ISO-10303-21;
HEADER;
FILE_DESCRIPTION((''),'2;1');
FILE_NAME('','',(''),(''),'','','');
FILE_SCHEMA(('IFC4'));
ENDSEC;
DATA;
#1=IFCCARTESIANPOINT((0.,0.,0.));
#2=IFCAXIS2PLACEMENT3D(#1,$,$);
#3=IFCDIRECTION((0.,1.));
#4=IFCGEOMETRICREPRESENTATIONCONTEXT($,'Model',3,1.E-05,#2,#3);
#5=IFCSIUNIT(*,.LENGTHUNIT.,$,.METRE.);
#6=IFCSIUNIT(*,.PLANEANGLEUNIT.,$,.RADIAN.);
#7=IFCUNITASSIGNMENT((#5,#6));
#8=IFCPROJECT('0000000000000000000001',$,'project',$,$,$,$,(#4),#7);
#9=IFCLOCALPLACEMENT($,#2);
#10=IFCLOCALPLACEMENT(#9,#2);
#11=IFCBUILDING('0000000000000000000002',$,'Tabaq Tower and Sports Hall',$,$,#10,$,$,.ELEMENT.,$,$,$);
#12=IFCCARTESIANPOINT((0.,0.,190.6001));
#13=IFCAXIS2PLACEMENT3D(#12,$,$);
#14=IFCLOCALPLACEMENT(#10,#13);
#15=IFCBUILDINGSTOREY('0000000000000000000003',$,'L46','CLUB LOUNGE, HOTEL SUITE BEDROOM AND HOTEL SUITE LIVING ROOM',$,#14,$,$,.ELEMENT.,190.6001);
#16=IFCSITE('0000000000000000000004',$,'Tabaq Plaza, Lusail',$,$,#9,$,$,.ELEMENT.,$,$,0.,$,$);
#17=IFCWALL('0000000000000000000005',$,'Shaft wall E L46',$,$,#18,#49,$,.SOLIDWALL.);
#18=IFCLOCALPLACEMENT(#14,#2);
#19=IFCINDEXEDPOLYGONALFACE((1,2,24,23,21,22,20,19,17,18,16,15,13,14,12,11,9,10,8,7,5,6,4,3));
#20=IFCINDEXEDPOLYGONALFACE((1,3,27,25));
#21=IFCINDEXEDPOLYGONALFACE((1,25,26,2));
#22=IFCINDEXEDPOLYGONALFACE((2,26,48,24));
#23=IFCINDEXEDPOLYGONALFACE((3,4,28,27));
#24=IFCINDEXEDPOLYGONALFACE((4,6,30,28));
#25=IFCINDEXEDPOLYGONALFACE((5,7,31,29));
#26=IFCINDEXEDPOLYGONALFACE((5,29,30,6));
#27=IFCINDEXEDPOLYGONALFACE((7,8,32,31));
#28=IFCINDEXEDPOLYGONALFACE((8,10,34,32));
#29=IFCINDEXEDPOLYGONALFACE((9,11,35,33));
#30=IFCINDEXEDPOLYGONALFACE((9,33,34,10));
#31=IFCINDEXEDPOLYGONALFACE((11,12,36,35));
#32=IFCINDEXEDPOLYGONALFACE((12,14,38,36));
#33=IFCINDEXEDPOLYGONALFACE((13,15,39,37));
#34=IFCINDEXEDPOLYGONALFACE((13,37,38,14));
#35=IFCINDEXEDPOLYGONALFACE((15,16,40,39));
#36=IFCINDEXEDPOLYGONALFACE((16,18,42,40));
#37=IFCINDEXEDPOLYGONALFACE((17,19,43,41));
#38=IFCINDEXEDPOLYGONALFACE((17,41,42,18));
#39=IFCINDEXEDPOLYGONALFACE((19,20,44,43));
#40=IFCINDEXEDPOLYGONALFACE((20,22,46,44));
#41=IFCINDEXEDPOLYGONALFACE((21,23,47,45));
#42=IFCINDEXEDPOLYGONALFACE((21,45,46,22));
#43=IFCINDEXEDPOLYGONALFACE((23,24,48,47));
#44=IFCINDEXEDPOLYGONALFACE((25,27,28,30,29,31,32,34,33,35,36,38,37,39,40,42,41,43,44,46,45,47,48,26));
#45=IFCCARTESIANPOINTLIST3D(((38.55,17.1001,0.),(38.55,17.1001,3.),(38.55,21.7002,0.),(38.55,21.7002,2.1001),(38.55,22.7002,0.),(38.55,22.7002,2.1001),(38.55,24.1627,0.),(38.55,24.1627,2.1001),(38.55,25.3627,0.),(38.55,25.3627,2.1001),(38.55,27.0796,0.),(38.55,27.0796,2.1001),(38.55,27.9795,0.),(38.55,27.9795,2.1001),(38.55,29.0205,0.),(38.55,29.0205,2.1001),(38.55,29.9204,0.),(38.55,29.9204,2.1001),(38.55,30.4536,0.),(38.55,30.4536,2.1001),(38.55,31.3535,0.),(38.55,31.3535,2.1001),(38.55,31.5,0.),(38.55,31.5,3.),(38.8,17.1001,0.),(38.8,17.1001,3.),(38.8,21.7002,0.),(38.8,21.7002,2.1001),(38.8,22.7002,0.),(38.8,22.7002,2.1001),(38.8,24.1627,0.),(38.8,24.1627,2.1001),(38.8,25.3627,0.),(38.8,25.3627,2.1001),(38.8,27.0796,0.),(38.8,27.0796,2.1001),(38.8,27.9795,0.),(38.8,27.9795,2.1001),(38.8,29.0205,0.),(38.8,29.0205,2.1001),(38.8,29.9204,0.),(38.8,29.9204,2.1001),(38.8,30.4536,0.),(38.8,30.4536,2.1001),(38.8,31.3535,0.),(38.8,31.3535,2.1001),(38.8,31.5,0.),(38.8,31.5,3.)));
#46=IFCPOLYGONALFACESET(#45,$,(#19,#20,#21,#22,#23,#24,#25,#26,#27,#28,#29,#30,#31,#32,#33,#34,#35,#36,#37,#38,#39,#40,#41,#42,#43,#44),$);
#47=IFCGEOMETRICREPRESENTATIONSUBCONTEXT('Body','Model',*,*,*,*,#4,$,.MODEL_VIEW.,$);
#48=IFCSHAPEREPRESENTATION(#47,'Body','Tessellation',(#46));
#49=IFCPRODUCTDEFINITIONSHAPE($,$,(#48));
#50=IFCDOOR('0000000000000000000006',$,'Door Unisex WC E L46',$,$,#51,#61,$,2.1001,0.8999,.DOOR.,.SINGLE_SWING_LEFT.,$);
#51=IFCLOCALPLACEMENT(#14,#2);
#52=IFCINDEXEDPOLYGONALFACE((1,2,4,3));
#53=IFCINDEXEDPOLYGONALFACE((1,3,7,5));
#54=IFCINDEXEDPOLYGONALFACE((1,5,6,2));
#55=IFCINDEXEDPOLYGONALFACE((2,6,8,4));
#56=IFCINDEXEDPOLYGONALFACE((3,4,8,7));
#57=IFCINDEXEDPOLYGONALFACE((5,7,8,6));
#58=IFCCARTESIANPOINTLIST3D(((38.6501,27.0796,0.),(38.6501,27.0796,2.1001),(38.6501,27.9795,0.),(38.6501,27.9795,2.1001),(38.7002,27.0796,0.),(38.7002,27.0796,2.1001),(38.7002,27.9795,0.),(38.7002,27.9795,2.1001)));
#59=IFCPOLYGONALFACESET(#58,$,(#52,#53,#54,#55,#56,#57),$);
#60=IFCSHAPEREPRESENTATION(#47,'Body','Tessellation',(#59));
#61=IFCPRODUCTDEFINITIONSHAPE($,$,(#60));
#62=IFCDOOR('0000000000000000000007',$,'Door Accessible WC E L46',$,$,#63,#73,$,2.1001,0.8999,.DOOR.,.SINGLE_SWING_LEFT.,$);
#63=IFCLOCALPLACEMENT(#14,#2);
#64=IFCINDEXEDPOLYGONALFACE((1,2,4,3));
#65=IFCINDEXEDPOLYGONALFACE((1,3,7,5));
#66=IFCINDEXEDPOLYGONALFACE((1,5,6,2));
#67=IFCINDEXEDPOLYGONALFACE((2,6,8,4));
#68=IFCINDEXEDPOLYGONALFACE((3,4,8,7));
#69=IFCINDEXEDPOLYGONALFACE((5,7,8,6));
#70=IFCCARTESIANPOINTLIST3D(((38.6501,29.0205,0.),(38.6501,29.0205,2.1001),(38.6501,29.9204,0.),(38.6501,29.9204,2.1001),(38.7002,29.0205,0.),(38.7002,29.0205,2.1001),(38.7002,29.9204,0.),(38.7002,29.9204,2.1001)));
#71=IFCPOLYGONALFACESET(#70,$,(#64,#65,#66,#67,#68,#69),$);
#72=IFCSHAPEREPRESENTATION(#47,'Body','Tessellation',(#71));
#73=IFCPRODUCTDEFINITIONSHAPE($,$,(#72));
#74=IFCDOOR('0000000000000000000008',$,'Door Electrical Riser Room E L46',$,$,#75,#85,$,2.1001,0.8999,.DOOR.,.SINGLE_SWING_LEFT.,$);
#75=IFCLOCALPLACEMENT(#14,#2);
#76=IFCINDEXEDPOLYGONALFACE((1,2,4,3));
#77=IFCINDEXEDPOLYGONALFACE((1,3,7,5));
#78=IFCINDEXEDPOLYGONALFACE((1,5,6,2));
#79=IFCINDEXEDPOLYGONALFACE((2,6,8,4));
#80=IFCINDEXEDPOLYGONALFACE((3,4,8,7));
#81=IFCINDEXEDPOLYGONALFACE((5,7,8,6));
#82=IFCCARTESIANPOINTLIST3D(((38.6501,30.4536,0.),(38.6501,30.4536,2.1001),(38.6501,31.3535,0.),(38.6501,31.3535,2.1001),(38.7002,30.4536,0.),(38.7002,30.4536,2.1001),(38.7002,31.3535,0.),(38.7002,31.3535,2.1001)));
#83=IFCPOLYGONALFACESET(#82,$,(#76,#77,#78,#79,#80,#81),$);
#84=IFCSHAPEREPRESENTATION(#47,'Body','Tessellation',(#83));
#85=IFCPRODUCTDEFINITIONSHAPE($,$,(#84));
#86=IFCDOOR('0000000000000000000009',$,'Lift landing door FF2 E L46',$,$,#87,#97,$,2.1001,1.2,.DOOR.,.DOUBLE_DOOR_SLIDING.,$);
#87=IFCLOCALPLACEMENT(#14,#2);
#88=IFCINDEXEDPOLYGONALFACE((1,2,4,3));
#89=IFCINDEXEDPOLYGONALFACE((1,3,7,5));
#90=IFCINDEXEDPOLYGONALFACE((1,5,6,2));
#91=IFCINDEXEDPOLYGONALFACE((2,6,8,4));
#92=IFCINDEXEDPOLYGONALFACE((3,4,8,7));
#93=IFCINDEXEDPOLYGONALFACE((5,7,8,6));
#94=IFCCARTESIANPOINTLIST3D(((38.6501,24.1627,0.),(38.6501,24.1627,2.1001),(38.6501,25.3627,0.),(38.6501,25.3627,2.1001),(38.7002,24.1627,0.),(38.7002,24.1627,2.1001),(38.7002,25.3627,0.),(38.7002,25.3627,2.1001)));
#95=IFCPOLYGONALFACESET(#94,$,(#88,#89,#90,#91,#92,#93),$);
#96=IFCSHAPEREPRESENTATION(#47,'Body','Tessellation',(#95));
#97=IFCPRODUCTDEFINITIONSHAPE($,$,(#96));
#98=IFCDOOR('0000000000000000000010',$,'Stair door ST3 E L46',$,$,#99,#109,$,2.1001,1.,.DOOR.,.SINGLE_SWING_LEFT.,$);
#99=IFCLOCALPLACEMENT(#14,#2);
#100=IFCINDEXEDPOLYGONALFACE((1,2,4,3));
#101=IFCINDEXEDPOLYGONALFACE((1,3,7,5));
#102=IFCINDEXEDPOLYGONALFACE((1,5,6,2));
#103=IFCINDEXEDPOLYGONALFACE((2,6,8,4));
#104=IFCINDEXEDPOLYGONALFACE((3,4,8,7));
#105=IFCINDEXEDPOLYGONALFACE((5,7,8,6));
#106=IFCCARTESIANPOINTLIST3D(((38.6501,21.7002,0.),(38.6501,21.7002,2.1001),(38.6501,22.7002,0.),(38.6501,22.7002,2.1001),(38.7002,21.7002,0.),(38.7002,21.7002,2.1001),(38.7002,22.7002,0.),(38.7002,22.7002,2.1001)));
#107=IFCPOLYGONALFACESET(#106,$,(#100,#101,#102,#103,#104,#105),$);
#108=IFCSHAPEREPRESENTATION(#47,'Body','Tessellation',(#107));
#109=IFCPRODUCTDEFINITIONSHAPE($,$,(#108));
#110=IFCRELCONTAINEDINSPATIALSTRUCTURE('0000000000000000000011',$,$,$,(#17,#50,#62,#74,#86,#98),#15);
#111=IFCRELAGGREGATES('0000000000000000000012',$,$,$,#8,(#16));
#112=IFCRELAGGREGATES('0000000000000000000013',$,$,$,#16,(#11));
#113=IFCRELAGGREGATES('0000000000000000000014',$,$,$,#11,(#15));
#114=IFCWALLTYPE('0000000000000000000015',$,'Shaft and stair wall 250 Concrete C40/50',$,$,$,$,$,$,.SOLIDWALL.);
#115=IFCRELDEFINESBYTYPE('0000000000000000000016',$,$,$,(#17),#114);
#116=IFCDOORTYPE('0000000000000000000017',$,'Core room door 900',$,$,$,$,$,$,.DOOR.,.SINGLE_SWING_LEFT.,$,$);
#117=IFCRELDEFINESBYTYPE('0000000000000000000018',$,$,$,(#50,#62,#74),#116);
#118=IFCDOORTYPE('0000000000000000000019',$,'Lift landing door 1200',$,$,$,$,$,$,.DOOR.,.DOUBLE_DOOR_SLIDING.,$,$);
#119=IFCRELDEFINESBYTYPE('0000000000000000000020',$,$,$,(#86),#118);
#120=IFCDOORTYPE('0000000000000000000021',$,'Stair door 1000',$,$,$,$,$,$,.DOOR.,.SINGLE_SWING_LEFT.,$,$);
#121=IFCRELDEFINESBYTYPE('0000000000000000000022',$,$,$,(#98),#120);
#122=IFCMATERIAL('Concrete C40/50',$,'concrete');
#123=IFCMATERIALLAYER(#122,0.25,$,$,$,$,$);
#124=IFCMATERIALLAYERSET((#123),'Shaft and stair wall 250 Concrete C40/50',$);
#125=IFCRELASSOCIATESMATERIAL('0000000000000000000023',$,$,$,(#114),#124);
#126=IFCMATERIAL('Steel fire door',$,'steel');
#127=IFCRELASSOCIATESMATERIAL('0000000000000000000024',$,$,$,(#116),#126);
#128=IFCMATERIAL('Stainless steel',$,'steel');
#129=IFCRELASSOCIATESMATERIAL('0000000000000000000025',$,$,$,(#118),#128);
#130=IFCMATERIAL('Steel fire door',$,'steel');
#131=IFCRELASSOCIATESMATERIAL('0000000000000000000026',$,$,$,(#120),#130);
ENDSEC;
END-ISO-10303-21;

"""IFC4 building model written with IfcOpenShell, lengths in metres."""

from ifc_helpers import new_model, si_unit, direction, frame, frame_2d, origin, place, context, subcontext, project, spatial, rectangle, extrude, material, layer, layer_set, type_object, element, fill, save


model = new_model("IFC4")

# Units and contexts
model_context = context("Model", 3, precision=1e-05, world=origin(), true_north=direction((0.0, 1.0)))
body_context = subcontext(model_context, "Body", "Model", "MODEL_VIEW")
ifc_project = project(units=[si_unit("LENGTHUNIT", "METRE"), si_unit("PLANEANGLEUNIT", "RADIAN")], contexts=[model_context])

# Site, building, storey
site_placement = place(None, origin())
site = spatial("IfcSite", under=ifc_project, at=site_placement, Name="Tabaq Plaza, Lusail", CompositionType="ELEMENT", RefElevation=0.0)
building_placement = place(site_placement, origin())
building = spatial("IfcBuilding", under=site, at=building_placement, Name="Tabaq Tower and Sports Hall", CompositionType="ELEMENT")
storey_placement = place(building_placement, frame((0.0, 0.0, 190.6001)))
storey = spatial("IfcBuildingStorey", under=building, at=storey_placement, Name="L46", Description="CLUB LOUNGE, HOTEL SUITE BEDROOM AND HOTEL SUITE LIVING ROOM", CompositionType="ELEMENT", Elevation=190.6001)

# Wall, openings, doors
ifc_material_1 = material(Name="Concrete C40/50", Category="concrete")
ifc_layer_1 = layer(ifc_material_1, 0.25)
ifc_layer_set_1 = layer_set([ifc_layer_1], Name="Shaft and stair wall 250 Concrete C40/50")
wall_type_1 = type_object("IfcWallType", Name="Shaft and stair wall 250 Concrete C40/50", PredefinedType="SOLIDWALL", material=ifc_layer_set_1)
wall_1_placement = place(storey_placement, frame((38.675, 17.1001, 0.0), z_axis=(0.0, 0.0, 1.0), x_axis=(0.0, 1.0, 0.0)))
wall_1 = element("IfcWall", 1, at=wall_1_placement, inside=storey, type_object=wall_type_1, Name="Shaft wall E L46", PredefinedType="SOLIDWALL", context=body_context, shape_type="SweptSolid", body=[
    extrude(rectangle(XDim=14.3999, YDim=0.25, at=frame_2d((7.2, 0.0))), origin(), (0.0, 0.0, 1.0), 3.0),
])
opening_1_placement = place(wall_1_placement, frame((4.6001, 0.0, 0.0)))
opening_1 = element("IfcOpeningElement", 2, at=opening_1_placement, cuts=wall_1, PredefinedType="OPENING", context=body_context, shape_type="SweptSolid", body=[
    extrude(rectangle(XDim=1.0, YDim=2.1001, at=frame_2d((0.5, 1.05))), frame((0.0, 0.125, 0.0), z_axis=(0.0, -1.0, 0.0), x_axis=(1.0, 0.0, 0.0)), (0.0, 0.0, 1.0), 0.25),
])
opening_2_placement = place(wall_1_placement, frame((7.0625, 0.0, 0.0)))
opening_2 = element("IfcOpeningElement", 3, at=opening_2_placement, cuts=wall_1, PredefinedType="OPENING", context=body_context, shape_type="SweptSolid", body=[
    extrude(rectangle(XDim=1.2, YDim=2.1001, at=frame_2d((0.6001, 1.05))), frame((0.0, 0.125, 0.0), z_axis=(0.0, -1.0, 0.0), x_axis=(1.0, 0.0, 0.0)), (0.0, 0.0, 1.0), 0.25),
])
opening_3_placement = place(wall_1_placement, frame((9.9795, 0.0, 0.0)))
opening_3 = element("IfcOpeningElement", 4, at=opening_3_placement, cuts=wall_1, PredefinedType="OPENING", context=body_context, shape_type="SweptSolid", body=[
    extrude(rectangle(XDim=0.8999, YDim=2.1001, at=frame_2d((0.45, 1.05))), frame((0.0, 0.125, 0.0), z_axis=(0.0, -1.0, 0.0), x_axis=(1.0, 0.0, 0.0)), (0.0, 0.0, 1.0), 0.25),
])
opening_4_placement = place(wall_1_placement, frame((11.9204, 0.0, 0.0)))
opening_4 = element("IfcOpeningElement", 5, at=opening_4_placement, cuts=wall_1, PredefinedType="OPENING", context=body_context, shape_type="SweptSolid", body=[
    extrude(rectangle(XDim=0.8999, YDim=2.1001, at=frame_2d((0.45, 1.05))), frame((0.0, 0.125, 0.0), z_axis=(0.0, -1.0, 0.0), x_axis=(1.0, 0.0, 0.0)), (0.0, 0.0, 1.0), 0.25),
])
opening_5_placement = place(wall_1_placement, frame((13.3535, 0.0, 0.0)))
opening_5 = element("IfcOpeningElement", 6, at=opening_5_placement, cuts=wall_1, PredefinedType="OPENING", context=body_context, shape_type="SweptSolid", body=[
    extrude(rectangle(XDim=0.8999, YDim=2.1001, at=frame_2d((0.45, 1.05))), frame((0.0, 0.125, 0.0), z_axis=(0.0, -1.0, 0.0), x_axis=(1.0, 0.0, 0.0)), (0.0, 0.0, 1.0), 0.25),
])
ifc_material_2 = material(Name="Steel fire door", Category="steel")
door_type_1 = type_object("IfcDoorType", Name="Core room door 900", OperationType="SINGLE_SWING_LEFT", PredefinedType="DOOR", material=ifc_material_2)
door_1_placement = place(opening_3_placement, origin())
door_1 = element("IfcDoor", 7, at=door_1_placement, inside=storey, type_object=door_type_1, Name="Door Unisex WC E L46", OperationType="SINGLE_SWING_LEFT", OverallHeight=2.1001, OverallWidth=0.8999, PredefinedType="DOOR", context=body_context, shape_type="SweptSolid", body=[
    extrude(rectangle(XDim=0.8999, YDim=2.1001, at=frame_2d((0.45, 1.05))), frame((0.0, 0.0249, 0.0), z_axis=(0.0, -1.0, 0.0), x_axis=(1.0, 0.0, 0.0)), (0.0, 0.0, 1.0), 0.05),
])
fill(opening_3, door_1)
door_2_placement = place(opening_4_placement, origin())
door_2 = element("IfcDoor", 8, at=door_2_placement, inside=storey, type_object=door_type_1, Name="Door Accessible WC E L46", OperationType="SINGLE_SWING_LEFT", OverallHeight=2.1001, OverallWidth=0.8999, PredefinedType="DOOR", context=body_context, shape_type="SweptSolid", body=[
    extrude(rectangle(XDim=0.8999, YDim=2.1001, at=frame_2d((0.45, 1.05))), frame((0.0, 0.0249, 0.0), z_axis=(0.0, -1.0, 0.0), x_axis=(1.0, 0.0, 0.0)), (0.0, 0.0, 1.0), 0.05),
])
fill(opening_4, door_2)
door_3_placement = place(opening_5_placement, origin())
door_3 = element("IfcDoor", 9, at=door_3_placement, inside=storey, type_object=door_type_1, Name="Door Electrical Riser Room E L46", OperationType="SINGLE_SWING_LEFT", OverallHeight=2.1001, OverallWidth=0.8999, PredefinedType="DOOR", context=body_context, shape_type="SweptSolid", body=[
    extrude(rectangle(XDim=0.8999, YDim=2.1001, at=frame_2d((0.45, 1.05))), frame((0.0, 0.0249, 0.0), z_axis=(0.0, -1.0, 0.0), x_axis=(1.0, 0.0, 0.0)), (0.0, 0.0, 1.0), 0.05),
])
fill(opening_5, door_3)
ifc_material_3 = material(Name="Stainless steel", Category="steel")
door_type_2 = type_object("IfcDoorType", Name="Lift landing door 1200", OperationType="DOUBLE_DOOR_SLIDING", PredefinedType="DOOR", material=ifc_material_3)
door_4_placement = place(opening_2_placement, origin())
door_4 = element("IfcDoor", 10, at=door_4_placement, inside=storey, type_object=door_type_2, Name="Lift landing door FF2 E L46", OperationType="DOUBLE_DOOR_SLIDING", OverallHeight=2.1001, OverallWidth=1.2, PredefinedType="DOOR", context=body_context, shape_type="SweptSolid", body=[
    extrude(rectangle(XDim=1.2, YDim=2.1001, at=frame_2d((0.6001, 1.05))), frame((0.0, 0.0249, 0.0), z_axis=(0.0, -1.0, 0.0), x_axis=(1.0, 0.0, 0.0)), (0.0, 0.0, 1.0), 0.05),
])
fill(opening_2, door_4)
ifc_material_4 = material(Name="Steel fire door", Category="steel")
door_type_3 = type_object("IfcDoorType", Name="Stair door 1000", OperationType="SINGLE_SWING_LEFT", PredefinedType="DOOR", material=ifc_material_4)
door_5_placement = place(opening_1_placement, origin())
door_5 = element("IfcDoor", 11, at=door_5_placement, inside=storey, type_object=door_type_3, Name="Stair door ST3 E L46", OperationType="SINGLE_SWING_LEFT", OverallHeight=2.1001, OverallWidth=1.0, PredefinedType="DOOR", context=body_context, shape_type="SweptSolid", body=[
    extrude(rectangle(XDim=1.0, YDim=2.1001, at=frame_2d((0.5, 1.05))), frame((0.0, 0.0249, 0.0), z_axis=(0.0, -1.0, 0.0), x_axis=(1.0, 0.0, 0.0)), (0.0, 0.0, 1.0), 0.05),
])
fill(opening_1, door_5)

save(model, "model.ifc")
